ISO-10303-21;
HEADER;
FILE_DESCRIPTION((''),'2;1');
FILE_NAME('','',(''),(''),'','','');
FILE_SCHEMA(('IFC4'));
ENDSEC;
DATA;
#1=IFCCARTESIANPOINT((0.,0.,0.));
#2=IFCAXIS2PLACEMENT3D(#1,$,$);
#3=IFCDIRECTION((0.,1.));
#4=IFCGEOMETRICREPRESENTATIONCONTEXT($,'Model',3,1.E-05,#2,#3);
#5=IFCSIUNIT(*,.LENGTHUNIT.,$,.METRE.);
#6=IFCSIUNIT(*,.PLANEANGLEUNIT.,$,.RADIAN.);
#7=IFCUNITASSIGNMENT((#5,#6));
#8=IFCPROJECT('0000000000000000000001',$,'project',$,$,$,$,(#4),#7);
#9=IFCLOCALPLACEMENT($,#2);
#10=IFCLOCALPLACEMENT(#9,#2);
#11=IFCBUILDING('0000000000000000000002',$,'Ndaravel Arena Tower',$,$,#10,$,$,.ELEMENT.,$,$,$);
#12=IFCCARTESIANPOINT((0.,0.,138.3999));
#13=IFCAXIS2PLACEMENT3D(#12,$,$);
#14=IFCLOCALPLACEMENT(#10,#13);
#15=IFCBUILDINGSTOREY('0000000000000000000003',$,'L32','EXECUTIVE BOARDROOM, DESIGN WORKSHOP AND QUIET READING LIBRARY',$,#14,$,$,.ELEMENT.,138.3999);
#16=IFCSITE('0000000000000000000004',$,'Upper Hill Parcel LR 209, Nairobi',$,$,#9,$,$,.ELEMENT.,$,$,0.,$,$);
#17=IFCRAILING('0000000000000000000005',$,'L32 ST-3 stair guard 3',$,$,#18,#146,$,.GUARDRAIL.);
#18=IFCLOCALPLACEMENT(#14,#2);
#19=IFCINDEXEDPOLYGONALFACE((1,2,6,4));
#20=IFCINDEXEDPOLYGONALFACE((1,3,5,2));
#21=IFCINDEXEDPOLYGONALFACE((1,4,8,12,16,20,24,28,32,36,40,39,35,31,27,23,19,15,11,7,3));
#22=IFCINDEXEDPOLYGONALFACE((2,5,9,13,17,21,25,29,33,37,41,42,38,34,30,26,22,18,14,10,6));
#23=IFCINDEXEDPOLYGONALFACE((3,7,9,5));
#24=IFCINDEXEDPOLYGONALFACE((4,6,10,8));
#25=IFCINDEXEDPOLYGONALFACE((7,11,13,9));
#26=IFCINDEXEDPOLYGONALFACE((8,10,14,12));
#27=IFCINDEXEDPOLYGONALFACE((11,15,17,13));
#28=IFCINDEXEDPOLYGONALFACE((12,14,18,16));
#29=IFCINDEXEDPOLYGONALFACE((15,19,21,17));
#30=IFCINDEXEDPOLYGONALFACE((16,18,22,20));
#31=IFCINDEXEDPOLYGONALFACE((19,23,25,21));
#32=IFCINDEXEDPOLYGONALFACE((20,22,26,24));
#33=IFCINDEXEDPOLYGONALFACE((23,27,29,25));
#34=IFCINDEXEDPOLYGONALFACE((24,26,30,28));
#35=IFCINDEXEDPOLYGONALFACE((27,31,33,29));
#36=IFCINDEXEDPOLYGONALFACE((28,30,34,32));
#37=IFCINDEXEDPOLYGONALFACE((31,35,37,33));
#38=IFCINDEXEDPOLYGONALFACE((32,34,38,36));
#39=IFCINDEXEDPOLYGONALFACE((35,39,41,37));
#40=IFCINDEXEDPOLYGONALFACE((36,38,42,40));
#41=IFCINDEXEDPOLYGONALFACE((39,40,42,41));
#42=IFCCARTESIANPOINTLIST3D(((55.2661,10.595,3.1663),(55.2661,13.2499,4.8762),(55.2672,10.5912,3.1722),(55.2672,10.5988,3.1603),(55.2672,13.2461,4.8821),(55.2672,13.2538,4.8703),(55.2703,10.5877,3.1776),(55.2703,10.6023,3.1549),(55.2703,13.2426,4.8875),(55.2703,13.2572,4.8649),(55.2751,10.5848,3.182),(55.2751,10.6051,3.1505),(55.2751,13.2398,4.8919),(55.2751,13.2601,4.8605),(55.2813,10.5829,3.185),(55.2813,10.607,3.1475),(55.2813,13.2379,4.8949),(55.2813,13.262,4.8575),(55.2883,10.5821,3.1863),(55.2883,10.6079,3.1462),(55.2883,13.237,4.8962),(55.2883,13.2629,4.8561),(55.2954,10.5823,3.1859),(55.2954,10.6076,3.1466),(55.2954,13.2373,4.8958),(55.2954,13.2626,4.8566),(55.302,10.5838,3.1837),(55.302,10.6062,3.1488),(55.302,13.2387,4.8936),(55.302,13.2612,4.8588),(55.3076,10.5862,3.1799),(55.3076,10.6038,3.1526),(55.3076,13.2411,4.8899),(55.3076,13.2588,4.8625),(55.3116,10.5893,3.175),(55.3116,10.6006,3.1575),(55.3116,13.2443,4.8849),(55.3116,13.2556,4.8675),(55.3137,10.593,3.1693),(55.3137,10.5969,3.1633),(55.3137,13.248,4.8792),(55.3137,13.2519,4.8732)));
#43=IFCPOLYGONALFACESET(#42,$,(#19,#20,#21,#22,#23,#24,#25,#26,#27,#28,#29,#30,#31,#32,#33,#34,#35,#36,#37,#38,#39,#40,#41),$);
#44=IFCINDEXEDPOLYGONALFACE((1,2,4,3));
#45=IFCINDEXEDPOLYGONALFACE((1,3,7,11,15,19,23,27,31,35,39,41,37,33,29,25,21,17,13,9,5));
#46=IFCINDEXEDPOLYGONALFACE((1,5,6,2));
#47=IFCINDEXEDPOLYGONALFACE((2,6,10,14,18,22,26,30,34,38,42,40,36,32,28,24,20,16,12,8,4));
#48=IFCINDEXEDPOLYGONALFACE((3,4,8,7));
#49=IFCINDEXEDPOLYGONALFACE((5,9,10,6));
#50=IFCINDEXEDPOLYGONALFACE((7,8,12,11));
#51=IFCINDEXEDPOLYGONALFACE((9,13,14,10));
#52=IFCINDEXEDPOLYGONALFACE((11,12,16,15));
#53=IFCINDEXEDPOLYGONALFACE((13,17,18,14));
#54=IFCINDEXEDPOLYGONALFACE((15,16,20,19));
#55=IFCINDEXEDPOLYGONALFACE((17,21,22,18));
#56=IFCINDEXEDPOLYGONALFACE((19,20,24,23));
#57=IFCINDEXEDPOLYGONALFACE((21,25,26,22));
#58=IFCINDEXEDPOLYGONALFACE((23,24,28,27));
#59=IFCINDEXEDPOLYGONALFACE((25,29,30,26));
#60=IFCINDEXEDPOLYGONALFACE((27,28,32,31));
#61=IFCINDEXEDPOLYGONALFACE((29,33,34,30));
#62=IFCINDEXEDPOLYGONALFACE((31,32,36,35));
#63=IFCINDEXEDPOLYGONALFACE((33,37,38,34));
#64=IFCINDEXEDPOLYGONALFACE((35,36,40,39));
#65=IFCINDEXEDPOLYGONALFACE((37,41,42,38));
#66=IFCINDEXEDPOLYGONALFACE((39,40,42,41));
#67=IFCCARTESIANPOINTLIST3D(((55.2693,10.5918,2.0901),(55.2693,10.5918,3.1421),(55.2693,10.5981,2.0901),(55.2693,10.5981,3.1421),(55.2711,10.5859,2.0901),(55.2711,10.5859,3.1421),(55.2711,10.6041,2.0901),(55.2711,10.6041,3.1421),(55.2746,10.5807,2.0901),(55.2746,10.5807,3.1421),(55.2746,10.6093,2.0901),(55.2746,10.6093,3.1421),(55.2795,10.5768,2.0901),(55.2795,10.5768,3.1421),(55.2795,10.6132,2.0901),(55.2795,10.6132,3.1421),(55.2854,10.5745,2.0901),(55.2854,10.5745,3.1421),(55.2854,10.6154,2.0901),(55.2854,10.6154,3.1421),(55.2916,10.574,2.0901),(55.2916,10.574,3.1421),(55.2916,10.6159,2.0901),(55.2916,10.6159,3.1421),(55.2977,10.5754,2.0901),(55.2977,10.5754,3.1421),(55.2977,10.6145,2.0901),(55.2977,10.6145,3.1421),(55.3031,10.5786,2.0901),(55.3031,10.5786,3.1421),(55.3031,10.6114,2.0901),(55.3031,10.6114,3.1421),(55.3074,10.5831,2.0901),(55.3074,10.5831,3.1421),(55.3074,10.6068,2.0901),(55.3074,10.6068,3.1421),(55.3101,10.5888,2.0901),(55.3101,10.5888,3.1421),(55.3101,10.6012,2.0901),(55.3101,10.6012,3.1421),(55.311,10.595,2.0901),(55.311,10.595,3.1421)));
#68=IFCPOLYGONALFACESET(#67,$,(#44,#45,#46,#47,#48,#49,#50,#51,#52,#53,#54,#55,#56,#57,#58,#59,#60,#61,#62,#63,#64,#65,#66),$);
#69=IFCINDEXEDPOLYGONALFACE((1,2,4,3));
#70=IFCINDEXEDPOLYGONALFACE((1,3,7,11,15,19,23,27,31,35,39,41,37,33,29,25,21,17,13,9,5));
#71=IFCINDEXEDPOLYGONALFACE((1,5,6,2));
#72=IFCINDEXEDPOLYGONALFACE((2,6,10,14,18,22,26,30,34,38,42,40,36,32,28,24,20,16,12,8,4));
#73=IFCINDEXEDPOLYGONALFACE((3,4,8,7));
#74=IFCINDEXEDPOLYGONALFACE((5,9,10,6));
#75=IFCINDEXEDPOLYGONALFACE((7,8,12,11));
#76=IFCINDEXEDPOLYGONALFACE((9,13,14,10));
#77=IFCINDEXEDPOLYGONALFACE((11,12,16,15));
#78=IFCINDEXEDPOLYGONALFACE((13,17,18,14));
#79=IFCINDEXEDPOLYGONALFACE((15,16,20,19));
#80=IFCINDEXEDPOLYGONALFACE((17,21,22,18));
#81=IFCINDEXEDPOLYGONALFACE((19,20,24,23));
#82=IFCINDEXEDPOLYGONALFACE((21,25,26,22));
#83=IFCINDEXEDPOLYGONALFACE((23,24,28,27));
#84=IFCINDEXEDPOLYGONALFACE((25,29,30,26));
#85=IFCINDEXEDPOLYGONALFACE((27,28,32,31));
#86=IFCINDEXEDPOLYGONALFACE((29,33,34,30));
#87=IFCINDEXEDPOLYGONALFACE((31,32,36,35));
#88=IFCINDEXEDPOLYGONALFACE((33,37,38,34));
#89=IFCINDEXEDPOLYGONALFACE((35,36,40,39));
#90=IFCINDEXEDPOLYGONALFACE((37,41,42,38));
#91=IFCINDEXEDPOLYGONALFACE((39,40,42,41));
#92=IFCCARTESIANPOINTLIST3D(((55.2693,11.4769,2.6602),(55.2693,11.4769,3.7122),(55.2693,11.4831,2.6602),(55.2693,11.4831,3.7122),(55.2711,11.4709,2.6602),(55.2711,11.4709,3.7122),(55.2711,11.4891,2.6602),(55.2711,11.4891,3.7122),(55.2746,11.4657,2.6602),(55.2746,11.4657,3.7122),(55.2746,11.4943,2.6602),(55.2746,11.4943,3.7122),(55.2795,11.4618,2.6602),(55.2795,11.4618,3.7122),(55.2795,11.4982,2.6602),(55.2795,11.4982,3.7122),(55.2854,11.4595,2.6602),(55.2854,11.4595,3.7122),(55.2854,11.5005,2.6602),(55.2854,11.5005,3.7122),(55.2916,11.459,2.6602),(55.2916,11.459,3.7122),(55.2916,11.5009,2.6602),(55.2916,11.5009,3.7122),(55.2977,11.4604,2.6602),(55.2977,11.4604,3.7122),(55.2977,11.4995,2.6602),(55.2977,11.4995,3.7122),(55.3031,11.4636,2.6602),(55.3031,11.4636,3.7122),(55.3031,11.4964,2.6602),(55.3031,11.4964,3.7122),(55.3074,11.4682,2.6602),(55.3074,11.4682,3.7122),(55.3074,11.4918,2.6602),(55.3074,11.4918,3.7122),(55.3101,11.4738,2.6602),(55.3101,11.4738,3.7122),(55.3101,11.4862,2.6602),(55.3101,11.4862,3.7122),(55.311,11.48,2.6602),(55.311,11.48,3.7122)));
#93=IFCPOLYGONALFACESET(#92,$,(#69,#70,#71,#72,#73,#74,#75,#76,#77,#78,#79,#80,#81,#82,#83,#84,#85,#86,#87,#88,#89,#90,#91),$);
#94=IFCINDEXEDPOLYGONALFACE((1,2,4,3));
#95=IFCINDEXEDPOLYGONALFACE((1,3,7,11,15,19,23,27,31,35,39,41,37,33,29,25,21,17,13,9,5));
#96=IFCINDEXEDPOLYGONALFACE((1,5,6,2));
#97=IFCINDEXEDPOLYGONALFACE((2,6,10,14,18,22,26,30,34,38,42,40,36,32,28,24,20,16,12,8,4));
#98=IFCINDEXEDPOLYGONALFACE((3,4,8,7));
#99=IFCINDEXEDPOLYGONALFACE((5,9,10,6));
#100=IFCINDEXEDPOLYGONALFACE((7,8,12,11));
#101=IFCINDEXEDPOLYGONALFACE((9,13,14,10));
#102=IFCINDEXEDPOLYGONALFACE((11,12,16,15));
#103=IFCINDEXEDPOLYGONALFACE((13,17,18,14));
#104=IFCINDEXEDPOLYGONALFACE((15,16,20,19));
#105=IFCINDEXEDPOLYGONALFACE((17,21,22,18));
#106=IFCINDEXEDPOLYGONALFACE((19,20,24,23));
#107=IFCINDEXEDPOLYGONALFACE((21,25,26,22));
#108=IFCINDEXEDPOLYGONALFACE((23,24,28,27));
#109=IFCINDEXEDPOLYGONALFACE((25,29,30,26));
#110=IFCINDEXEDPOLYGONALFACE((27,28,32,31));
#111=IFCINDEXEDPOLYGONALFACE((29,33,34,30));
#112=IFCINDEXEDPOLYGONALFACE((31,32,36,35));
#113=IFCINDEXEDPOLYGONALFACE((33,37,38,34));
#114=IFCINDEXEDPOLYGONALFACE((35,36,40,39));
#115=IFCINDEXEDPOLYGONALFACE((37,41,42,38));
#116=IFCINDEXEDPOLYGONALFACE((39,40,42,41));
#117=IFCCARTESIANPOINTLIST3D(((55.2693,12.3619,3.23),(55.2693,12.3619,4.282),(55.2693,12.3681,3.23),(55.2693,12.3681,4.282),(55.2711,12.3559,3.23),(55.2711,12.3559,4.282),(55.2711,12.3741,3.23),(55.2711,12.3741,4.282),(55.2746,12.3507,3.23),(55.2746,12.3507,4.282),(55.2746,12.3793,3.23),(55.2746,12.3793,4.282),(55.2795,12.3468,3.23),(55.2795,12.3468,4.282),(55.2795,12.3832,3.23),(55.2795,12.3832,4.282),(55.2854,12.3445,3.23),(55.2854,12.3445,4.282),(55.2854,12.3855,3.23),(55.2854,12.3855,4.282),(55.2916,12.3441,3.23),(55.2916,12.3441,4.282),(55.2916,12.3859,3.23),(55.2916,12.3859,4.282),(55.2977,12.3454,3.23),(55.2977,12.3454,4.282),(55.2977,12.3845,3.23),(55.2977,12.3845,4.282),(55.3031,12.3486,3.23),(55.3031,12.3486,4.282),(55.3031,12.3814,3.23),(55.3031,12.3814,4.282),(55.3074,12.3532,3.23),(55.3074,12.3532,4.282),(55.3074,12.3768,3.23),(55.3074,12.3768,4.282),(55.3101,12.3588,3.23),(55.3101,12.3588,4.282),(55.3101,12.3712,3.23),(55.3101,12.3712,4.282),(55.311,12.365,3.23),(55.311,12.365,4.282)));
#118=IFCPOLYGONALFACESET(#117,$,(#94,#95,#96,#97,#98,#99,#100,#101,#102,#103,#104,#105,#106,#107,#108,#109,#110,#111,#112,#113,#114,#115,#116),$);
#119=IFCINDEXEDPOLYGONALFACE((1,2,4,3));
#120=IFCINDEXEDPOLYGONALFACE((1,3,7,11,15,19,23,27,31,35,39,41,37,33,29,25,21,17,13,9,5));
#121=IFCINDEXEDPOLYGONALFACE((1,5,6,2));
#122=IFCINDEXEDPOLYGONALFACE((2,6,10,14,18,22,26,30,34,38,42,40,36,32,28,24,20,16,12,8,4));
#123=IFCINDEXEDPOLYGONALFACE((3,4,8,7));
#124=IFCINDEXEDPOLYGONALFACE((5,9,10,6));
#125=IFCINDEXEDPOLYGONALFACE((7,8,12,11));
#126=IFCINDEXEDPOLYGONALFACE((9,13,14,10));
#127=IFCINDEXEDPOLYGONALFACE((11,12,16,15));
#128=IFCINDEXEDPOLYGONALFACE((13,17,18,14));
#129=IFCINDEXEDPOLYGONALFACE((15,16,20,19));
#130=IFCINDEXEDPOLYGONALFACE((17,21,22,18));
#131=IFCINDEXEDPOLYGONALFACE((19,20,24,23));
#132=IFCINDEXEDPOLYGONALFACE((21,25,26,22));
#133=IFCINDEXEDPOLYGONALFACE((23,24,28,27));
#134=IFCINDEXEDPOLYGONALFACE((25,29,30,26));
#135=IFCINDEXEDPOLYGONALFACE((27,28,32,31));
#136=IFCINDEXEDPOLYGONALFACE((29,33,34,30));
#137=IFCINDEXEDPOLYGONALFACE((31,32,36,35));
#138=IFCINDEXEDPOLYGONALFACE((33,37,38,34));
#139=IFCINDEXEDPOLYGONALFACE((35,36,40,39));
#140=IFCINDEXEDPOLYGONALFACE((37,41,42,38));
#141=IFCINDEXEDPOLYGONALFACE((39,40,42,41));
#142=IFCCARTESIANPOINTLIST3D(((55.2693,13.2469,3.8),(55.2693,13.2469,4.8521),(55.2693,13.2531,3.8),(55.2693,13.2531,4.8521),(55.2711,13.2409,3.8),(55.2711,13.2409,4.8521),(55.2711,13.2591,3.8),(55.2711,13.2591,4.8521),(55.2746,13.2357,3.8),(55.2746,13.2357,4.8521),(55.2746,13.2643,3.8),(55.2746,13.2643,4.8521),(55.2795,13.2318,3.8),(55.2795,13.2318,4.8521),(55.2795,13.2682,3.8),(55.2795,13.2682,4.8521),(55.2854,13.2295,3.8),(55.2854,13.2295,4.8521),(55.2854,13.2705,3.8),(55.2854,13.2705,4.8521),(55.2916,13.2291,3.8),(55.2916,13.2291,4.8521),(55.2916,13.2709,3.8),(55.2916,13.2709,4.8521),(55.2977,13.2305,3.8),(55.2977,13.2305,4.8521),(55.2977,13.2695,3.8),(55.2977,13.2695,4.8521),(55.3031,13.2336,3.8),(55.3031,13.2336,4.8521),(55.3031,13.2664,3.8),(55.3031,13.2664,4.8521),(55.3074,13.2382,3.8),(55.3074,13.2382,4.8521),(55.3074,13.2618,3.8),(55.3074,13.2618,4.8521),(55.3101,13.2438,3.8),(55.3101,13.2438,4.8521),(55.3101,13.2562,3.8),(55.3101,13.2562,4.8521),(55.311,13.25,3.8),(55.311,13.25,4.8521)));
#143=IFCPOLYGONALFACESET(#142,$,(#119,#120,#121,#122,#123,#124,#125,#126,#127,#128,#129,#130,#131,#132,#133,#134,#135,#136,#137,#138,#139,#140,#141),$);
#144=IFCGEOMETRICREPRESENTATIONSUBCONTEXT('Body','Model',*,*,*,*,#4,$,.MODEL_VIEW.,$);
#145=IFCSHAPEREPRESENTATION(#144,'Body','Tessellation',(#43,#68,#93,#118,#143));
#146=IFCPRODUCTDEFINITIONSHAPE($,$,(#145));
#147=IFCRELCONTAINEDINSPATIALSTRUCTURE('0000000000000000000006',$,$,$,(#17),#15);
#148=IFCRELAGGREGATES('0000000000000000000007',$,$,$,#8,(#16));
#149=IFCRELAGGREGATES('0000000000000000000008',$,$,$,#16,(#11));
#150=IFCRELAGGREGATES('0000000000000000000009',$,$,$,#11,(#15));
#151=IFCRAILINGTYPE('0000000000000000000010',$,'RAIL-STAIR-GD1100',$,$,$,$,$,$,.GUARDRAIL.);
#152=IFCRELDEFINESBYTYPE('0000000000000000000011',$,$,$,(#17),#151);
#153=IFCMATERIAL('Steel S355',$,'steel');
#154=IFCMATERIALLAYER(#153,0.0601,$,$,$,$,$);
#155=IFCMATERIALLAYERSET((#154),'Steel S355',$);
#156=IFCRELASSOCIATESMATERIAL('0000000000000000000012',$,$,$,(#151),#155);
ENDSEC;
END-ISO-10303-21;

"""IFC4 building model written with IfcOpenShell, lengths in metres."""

from ifc_helpers import new_model, si_unit, direction, frame, origin, origin_2d, place, context, subcontext, project, spatial, circle, extrude, material, layer, layer_set, type_object, element, save


model = new_model("IFC4")

# Units and contexts
model_context = context("Model", 3, precision=1e-05, world=origin(), true_north=direction((0.0, 1.0)))
body_context = subcontext(model_context, "Body", "Model", "MODEL_VIEW")
ifc_project = project(units=[si_unit("LENGTHUNIT", "METRE"), si_unit("PLANEANGLEUNIT", "RADIAN")], contexts=[model_context])

# Site, building, storey
site_placement = place(None, origin())
site = spatial("IfcSite", under=ifc_project, at=site_placement, Name="Upper Hill Parcel LR 209, Nairobi", CompositionType="ELEMENT", RefElevation=0.0)
building_placement = place(site_placement, origin())
building = spatial("IfcBuilding", under=site, at=building_placement, Name="Ndaravel Arena Tower", CompositionType="ELEMENT")
storey_placement = place(building_placement, frame((0.0, 0.0, 138.3999)))
storey = spatial("IfcBuildingStorey", under=building, at=storey_placement, Name="L32", Description="EXECUTIVE BOARDROOM, DESIGN WORKSHOP AND QUIET READING LIBRARY", CompositionType="ELEMENT", Elevation=138.3999)

# Railing
ifc_material_1 = material(Name="Steel S355", Category="steel")
ifc_layer_1 = layer(ifc_material_1, 0.0601)
ifc_layer_set_1 = layer_set([ifc_layer_1], Name="Steel S355")
railing_type_1 = type_object("IfcRailingType", Name="RAIL-STAIR-GD1100", PredefinedType="GUARDRAIL", material=ifc_layer_set_1)
railing_1_placement = place(storey_placement, frame((55.29, 10.595, 2.0901)))
element("IfcRailing", 1, at=railing_1_placement, inside=storey, type_object=railing_type_1, Name="L32 ST-3 stair guard 3", PredefinedType="GUARDRAIL", context=body_context, shape_type="SweptSolid", body=[
    extrude(circle(Radius=0.0239, at=origin_2d()), frame((0.0, 0.0, 1.0762), z_axis=(0.0, 0.840724, 0.541465), x_axis=(-1.0, 0.0, 0.0)), (0.0, 0.0, 1.0), 3.158),
    extrude(circle(Radius=0.021, at=origin_2d()), origin(), (0.0, 0.0, 1.0), 1.052),
    extrude(circle(Radius=0.021, at=origin_2d()), frame((0.0, 0.885, 0.5701)), (0.0, 0.0, 1.0), 1.052),
    extrude(circle(Radius=0.021, at=origin_2d()), frame((0.0, 1.77, 1.1399)), (0.0, 0.0, 1.0), 1.052),
    extrude(circle(Radius=0.021, at=origin_2d()), frame((0.0, 2.655, 1.71)), (0.0, 0.0, 1.0), 1.052),
])

save(model, "model.ifc")
